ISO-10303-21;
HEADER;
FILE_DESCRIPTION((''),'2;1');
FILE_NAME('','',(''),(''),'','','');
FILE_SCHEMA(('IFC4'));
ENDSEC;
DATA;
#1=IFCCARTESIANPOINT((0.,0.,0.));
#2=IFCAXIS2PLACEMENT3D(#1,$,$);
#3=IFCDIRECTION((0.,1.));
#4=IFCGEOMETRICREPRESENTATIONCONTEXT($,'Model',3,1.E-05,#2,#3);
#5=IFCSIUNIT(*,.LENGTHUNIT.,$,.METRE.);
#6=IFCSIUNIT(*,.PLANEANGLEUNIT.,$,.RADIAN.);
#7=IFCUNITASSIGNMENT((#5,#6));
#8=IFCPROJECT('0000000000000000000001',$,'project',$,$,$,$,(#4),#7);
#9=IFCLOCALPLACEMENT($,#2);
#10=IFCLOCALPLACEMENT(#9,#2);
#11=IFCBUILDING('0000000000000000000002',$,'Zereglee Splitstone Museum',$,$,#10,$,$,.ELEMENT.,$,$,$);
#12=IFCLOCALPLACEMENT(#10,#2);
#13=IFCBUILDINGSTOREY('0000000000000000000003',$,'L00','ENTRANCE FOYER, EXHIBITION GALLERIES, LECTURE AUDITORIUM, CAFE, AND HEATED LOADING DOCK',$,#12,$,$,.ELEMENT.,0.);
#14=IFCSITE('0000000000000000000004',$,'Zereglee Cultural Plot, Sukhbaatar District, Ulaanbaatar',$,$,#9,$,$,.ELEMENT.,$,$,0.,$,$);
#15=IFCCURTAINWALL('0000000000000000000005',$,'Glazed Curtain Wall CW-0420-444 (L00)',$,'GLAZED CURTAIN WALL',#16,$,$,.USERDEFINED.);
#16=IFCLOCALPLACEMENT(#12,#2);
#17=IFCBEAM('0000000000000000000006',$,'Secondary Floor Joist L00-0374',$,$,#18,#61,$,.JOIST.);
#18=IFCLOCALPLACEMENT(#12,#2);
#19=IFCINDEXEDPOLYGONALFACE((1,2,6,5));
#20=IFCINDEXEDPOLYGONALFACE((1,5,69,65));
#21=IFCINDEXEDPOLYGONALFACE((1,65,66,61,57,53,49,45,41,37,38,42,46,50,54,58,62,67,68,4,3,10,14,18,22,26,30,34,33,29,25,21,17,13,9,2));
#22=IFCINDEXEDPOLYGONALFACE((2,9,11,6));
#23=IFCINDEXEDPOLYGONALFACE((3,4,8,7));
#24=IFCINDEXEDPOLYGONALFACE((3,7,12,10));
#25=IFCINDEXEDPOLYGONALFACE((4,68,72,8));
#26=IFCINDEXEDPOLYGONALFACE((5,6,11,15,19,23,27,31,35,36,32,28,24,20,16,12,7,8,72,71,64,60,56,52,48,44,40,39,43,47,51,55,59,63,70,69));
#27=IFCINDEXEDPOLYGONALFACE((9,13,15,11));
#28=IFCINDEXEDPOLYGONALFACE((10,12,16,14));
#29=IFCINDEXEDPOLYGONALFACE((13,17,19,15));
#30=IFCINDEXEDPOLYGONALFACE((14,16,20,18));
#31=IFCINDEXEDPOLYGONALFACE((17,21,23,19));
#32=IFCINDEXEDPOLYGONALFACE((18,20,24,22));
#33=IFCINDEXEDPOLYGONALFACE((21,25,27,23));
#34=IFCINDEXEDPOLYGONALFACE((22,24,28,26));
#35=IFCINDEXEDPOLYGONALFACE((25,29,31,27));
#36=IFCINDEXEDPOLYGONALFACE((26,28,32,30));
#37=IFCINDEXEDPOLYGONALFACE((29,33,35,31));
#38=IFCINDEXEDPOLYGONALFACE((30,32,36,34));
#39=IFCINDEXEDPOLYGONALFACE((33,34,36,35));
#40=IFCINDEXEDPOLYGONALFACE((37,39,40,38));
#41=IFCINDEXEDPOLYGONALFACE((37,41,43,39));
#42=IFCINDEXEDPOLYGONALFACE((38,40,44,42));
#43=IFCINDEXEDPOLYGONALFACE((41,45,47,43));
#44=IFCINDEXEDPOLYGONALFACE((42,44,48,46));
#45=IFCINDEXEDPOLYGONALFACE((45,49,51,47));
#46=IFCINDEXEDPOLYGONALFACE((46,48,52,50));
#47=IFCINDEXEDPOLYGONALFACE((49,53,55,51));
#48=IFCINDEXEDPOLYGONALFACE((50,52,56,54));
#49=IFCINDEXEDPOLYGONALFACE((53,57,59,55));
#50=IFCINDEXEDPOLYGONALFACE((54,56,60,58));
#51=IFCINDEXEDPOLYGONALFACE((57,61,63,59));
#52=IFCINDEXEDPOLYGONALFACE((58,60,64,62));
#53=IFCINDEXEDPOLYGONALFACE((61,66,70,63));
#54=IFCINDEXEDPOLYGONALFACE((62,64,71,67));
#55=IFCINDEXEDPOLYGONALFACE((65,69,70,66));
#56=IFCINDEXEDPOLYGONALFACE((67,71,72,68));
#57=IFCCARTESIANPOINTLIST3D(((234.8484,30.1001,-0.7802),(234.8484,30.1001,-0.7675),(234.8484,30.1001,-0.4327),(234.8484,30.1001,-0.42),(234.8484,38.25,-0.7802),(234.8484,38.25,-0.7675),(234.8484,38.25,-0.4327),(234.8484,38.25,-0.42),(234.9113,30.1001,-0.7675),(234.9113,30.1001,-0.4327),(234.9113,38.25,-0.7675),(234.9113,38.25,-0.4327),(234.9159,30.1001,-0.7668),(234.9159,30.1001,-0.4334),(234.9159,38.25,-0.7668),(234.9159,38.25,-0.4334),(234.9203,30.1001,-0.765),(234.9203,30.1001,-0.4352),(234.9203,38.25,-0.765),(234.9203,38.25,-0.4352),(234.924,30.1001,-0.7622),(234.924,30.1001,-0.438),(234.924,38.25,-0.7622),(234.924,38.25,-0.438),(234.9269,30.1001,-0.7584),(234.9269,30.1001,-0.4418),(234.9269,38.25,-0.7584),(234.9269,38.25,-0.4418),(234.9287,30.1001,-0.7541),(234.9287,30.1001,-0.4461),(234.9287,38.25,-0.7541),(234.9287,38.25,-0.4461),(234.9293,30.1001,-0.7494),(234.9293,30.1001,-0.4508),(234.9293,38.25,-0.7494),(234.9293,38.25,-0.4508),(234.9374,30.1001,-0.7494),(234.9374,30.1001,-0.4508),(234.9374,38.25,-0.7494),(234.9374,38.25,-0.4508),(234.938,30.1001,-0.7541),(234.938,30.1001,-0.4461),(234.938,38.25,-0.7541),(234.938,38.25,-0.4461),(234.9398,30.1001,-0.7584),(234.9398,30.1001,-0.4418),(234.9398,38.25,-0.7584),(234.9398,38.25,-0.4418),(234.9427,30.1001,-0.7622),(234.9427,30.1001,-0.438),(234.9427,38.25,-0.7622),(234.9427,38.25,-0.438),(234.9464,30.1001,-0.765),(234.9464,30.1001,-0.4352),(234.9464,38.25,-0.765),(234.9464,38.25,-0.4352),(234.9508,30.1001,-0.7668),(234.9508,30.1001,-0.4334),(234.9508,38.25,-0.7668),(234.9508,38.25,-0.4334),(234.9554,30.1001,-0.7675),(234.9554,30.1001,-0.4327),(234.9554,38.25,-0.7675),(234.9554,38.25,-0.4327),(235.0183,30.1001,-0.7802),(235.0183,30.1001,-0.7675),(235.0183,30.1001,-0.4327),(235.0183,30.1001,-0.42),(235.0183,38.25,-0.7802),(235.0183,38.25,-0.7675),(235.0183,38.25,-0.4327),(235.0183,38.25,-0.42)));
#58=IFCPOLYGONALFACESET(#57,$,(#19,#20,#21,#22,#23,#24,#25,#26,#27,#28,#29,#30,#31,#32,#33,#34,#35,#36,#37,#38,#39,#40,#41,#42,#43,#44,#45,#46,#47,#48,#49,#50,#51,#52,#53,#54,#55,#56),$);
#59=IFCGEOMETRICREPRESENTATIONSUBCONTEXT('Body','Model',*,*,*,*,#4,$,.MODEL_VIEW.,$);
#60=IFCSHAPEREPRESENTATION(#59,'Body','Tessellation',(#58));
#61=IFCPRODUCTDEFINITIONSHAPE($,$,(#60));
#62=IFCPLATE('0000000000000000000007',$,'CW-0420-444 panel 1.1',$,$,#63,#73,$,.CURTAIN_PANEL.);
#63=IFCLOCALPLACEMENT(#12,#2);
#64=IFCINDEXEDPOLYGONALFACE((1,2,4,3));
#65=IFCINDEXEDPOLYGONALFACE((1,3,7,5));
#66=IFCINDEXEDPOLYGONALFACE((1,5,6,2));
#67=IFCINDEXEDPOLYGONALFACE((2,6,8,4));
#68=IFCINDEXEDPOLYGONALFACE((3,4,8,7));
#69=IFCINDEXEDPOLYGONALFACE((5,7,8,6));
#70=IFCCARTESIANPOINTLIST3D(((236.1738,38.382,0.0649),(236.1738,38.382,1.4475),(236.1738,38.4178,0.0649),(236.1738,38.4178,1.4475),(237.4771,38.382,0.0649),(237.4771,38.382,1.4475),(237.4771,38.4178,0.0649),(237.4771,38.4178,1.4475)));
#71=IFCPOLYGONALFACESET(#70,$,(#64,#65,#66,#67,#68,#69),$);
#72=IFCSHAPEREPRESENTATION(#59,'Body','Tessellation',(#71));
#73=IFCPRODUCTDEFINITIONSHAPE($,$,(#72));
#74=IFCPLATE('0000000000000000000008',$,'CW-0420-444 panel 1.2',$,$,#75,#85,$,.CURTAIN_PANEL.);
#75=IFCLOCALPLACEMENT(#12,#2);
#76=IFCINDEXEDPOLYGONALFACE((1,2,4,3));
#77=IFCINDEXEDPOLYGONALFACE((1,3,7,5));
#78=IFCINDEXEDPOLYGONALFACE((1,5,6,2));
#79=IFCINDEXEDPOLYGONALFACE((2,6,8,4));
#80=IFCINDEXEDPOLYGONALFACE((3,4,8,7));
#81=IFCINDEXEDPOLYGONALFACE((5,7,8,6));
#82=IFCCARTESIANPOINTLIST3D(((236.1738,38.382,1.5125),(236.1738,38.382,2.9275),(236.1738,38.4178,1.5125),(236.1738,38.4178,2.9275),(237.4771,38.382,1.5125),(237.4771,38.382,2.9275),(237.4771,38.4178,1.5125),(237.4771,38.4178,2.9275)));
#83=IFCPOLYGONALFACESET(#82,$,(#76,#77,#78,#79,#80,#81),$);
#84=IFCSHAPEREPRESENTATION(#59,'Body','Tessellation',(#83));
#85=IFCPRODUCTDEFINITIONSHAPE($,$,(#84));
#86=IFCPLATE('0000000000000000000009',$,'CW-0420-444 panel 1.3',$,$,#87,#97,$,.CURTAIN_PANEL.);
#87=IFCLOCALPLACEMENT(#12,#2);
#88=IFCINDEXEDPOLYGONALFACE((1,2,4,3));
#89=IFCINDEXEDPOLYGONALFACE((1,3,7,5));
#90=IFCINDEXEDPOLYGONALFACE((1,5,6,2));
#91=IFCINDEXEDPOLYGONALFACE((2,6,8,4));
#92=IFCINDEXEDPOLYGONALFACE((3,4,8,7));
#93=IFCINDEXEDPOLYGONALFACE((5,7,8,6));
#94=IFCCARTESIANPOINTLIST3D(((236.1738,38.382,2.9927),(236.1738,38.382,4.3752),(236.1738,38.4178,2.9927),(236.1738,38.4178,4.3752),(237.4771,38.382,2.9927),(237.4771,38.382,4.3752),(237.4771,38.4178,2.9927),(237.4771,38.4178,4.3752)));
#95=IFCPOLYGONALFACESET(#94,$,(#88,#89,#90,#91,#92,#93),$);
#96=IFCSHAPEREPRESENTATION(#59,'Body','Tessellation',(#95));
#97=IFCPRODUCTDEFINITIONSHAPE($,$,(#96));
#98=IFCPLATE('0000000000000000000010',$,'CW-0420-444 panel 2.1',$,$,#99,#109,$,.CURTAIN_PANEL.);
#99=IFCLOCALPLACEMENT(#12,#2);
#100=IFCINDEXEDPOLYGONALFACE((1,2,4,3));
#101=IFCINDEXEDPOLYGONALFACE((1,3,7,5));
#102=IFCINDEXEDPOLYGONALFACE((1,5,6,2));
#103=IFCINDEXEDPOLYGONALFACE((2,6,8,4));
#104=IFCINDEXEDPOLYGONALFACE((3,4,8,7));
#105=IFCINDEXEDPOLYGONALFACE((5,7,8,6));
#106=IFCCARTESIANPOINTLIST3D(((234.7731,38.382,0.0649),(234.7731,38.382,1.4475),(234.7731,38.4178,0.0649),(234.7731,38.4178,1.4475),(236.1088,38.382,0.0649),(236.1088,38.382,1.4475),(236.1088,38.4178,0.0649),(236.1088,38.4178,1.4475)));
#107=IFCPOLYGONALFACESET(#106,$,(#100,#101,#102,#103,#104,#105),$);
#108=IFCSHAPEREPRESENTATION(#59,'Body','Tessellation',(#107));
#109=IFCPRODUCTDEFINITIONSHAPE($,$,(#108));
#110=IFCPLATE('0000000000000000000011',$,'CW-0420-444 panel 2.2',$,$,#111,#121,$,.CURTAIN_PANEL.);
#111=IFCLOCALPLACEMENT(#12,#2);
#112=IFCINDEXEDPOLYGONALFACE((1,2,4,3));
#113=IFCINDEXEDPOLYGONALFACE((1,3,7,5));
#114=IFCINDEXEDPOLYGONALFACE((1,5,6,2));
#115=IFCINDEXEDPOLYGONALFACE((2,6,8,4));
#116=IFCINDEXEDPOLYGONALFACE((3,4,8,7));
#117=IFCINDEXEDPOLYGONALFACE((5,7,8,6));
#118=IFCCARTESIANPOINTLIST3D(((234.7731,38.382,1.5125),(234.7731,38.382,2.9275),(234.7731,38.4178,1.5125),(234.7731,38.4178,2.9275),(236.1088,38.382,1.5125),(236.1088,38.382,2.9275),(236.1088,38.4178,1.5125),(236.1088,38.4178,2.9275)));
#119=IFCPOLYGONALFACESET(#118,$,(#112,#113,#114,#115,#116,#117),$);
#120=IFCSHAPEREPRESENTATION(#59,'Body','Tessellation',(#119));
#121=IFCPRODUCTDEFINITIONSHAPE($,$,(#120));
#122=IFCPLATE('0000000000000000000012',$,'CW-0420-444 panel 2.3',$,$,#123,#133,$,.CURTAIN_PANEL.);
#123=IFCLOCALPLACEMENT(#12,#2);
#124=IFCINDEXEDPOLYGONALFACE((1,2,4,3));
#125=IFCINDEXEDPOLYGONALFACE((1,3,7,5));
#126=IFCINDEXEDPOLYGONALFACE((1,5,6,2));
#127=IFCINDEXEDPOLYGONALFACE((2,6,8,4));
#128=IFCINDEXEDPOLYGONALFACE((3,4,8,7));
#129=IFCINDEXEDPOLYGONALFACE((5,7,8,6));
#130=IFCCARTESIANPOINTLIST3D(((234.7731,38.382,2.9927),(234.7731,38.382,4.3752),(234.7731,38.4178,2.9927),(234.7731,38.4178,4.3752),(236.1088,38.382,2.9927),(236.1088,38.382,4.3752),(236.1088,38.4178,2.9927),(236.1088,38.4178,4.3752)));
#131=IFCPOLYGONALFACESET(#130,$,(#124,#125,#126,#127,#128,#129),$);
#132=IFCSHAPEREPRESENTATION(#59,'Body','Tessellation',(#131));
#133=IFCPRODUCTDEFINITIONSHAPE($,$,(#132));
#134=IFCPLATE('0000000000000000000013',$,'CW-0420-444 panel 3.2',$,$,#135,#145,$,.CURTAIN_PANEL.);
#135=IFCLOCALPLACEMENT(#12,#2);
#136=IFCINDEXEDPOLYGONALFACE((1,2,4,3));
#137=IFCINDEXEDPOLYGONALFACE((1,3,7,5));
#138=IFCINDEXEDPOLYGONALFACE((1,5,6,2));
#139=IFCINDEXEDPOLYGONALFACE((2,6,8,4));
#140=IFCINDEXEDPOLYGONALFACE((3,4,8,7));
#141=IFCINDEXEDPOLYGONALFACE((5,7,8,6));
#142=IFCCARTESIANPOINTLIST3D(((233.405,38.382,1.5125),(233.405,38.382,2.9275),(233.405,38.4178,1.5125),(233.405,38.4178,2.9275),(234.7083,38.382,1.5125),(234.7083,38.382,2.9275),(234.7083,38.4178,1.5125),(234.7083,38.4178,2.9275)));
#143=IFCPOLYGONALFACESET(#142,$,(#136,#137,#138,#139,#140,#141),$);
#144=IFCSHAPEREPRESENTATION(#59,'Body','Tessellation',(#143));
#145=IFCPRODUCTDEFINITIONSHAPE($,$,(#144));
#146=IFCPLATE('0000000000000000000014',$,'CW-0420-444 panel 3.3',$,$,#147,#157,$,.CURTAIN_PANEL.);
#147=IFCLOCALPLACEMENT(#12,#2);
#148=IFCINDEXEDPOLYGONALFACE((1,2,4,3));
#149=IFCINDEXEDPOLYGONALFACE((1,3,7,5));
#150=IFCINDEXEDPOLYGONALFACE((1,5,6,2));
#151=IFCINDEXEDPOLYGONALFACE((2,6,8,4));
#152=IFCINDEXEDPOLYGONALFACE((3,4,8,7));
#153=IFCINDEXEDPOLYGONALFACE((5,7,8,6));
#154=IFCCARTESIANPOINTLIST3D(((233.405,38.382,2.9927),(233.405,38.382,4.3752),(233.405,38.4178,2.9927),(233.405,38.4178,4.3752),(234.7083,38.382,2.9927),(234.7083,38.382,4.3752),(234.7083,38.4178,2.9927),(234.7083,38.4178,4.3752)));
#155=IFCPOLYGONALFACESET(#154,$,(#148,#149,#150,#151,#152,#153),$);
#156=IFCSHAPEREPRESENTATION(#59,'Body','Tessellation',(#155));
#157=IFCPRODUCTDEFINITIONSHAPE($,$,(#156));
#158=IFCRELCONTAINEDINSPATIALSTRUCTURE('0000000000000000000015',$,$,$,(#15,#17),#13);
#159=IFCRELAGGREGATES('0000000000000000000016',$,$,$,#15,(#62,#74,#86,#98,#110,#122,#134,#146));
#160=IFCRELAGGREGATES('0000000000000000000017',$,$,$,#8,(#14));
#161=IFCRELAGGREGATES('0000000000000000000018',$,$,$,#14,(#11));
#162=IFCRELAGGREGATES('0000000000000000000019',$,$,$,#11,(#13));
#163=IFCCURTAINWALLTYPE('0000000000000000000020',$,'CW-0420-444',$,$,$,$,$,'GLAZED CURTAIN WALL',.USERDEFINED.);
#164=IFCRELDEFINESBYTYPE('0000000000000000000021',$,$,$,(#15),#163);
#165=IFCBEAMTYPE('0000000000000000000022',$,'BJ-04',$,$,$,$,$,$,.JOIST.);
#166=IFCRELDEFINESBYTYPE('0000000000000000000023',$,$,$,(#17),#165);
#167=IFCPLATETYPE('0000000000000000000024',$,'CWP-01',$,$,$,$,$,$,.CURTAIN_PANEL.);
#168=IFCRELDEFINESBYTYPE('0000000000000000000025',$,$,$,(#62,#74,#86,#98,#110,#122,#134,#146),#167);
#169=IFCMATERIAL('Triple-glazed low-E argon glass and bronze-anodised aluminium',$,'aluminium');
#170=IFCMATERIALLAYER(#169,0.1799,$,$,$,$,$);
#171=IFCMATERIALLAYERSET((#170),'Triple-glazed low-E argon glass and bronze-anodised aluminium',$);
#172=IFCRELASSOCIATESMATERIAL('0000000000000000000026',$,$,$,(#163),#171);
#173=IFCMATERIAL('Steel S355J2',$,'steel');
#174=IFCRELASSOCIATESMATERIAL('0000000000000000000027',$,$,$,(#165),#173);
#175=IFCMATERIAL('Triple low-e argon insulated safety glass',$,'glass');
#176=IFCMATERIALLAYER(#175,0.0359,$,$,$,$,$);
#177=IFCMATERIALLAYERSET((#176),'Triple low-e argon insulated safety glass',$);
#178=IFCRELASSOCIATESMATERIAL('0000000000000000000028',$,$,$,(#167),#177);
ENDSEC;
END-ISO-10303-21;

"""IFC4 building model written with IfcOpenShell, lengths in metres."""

from ifc_helpers import new_model, si_unit, direction, frame, origin, origin_2d, place, context, subcontext, project, spatial, rectangle, i_section, extrude, material, layer, layer_set, material_profile, profile_set, type_object, element, aggregate, save


model = new_model("IFC4")

# Units and contexts
model_context = context("Model", 3, precision=1e-05, world=origin(), true_north=direction((0.0, 1.0)))
body_context = subcontext(model_context, "Body", "Model", "MODEL_VIEW")
ifc_project = project(units=[si_unit("LENGTHUNIT", "METRE"), si_unit("PLANEANGLEUNIT", "RADIAN")], contexts=[model_context])

# Site, building, storey
site_placement = place(None, origin())
site = spatial("IfcSite", under=ifc_project, at=site_placement, Name="Zereglee Cultural Plot, Sukhbaatar District, Ulaanbaatar", CompositionType="ELEMENT", RefElevation=0.0)
building_placement = place(site_placement, origin())
building = spatial("IfcBuilding", under=site, at=building_placement, Name="Zereglee Splitstone Museum", CompositionType="ELEMENT")
storey_placement = place(building_placement, origin())
storey = spatial("IfcBuildingStorey", under=building, at=storey_placement, Name="L00", Description="ENTRANCE FOYER, EXHIBITION GALLERIES, LECTURE AUDITORIUM, CAFE, AND HEATED LOADING DOCK", CompositionType="ELEMENT", Elevation=0.0)

# Curtain wall
ifc_material_1 = material(Name="Triple-glazed low-E argon glass and bronze-anodised aluminium", Category="aluminium")
ifc_layer_1 = layer(ifc_material_1, 0.1799)
ifc_layer_set_1 = layer_set([ifc_layer_1], Name="Triple-glazed low-E argon glass and bronze-anodised aluminium")
curtain_wall_type = type_object("IfcCurtainWallType", Name="CW-0420-444", ElementType="GLAZED CURTAIN WALL", PredefinedType="USERDEFINED", material=ifc_layer_set_1)
curtain_wall_placement = place(storey_placement, origin())
curtain_wall = element("IfcCurtainWall", 1, at=curtain_wall_placement, inside=storey, type_object=curtain_wall_type, Name="Glazed Curtain Wall CW-0420-444 (L00)", ObjectType="GLAZED CURTAIN WALL", PredefinedType="USERDEFINED")

# Beam
ifc_material_2 = material(Name="Steel S355J2", Category="steel")
ifc_material_profile_1 = material_profile(ifc_material_2, i_section(OverallWidth=0.1699, OverallDepth=0.3601, WebThickness=0.0081, FlangeThickness=0.0127, FilletRadius=0.0181, at=origin_2d()), Name="IPE 360")
ifc_profile_set_1 = profile_set([ifc_material_profile_1], Name="Steel S355J2")
beam_type_1 = type_object("IfcBeamType", Name="BJ-04", PredefinedType="JOIST", material=ifc_profile_set_1)
beam_1_placement = place(storey_placement, frame((234.9333, 30.1001, -0.6001), z_axis=(0.0, 1.0, 0.0), x_axis=(-1.0, 0.0, 0.0)))
element("IfcBeam", 2, at=beam_1_placement, inside=storey, type_object=beam_type_1, Name="Secondary Floor Joist L00-0374", PredefinedType="JOIST", context=body_context, shape_type="SweptSolid", body=[
    extrude(i_section(OverallWidth=0.1699, OverallDepth=0.3601, WebThickness=0.0081, FlangeThickness=0.0127, FilletRadius=0.0181, at=origin_2d()), origin(), (0.0, 0.0, 1.0), 8.1499),
])

# Plates
ifc_material_3 = material(Name="Triple low-e argon insulated safety glass", Category="glass")
ifc_layer_2 = layer(ifc_material_3, 0.0359)
ifc_layer_set_2 = layer_set([ifc_layer_2], Name="Triple low-e argon insulated safety glass")
plate_type = type_object("IfcPlateType", Name="CWP-01", PredefinedType="CURTAIN_PANEL", material=ifc_layer_set_2)
plate_1_placement = place(storey_placement, frame((236.8254, 38.3999, 0.0649), z_axis=(0.0, 0.0, 1.0), x_axis=(-1.0, 0.0, 0.0)))
plate_1 = element("IfcPlate", 3, at=plate_1_placement, type_object=plate_type, Name="CW-0420-444 panel 1.1", PredefinedType="CURTAIN_PANEL", context=body_context, shape_type="SweptSolid", body=[
    extrude(rectangle(XDim=1.3032, YDim=0.0359, at=origin_2d()), origin(), (0.0, 0.0, 1.0), 1.3826),
])
plate_2_placement = place(storey_placement, frame((236.8254, 38.3999, 1.5125), z_axis=(0.0, 0.0, 1.0), x_axis=(-1.0, 0.0, 0.0)))
plate_2 = element("IfcPlate", 4, at=plate_2_placement, type_object=plate_type, Name="CW-0420-444 panel 1.2", PredefinedType="CURTAIN_PANEL", context=body_context, shape_type="SweptSolid", body=[
    extrude(rectangle(XDim=1.3032, YDim=0.0359, at=origin_2d()), origin(), (0.0, 0.0, 1.0), 1.415),
])
plate_3_placement = place(storey_placement, frame((236.8254, 38.3999, 2.9927), z_axis=(0.0, 0.0, 1.0), x_axis=(-1.0, 0.0, 0.0)))
plate_3 = element("IfcPlate", 5, at=plate_3_placement, type_object=plate_type, Name="CW-0420-444 panel 1.3", PredefinedType="CURTAIN_PANEL", context=body_context, shape_type="SweptSolid", body=[
    extrude(rectangle(XDim=1.3032, YDim=0.0359, at=origin_2d()), origin(), (0.0, 0.0, 1.0), 1.3826),
])
plate_4_placement = place(storey_placement, frame((235.4409, 38.3999, 0.0649), z_axis=(0.0, 0.0, 1.0), x_axis=(-1.0, 0.0, 0.0)))
plate_4 = element("IfcPlate", 6, at=plate_4_placement, type_object=plate_type, Name="CW-0420-444 panel 2.1", PredefinedType="CURTAIN_PANEL", context=body_context, shape_type="SweptSolid", body=[
    extrude(rectangle(XDim=1.3357, YDim=0.0359, at=origin_2d()), origin(), (0.0, 0.0, 1.0), 1.3826),
])
plate_5_placement = place(storey_placement, frame((235.4409, 38.3999, 1.5125), z_axis=(0.0, 0.0, 1.0), x_axis=(-1.0, 0.0, 0.0)))
plate_5 = element("IfcPlate", 7, at=plate_5_placement, type_object=plate_type, Name="CW-0420-444 panel 2.2", PredefinedType="CURTAIN_PANEL", context=body_context, shape_type="SweptSolid", body=[
    extrude(rectangle(XDim=1.3357, YDim=0.0359, at=origin_2d()), origin(), (0.0, 0.0, 1.0), 1.415),
])
plate_6_placement = place(storey_placement, frame((235.4409, 38.3999, 2.9927), z_axis=(0.0, 0.0, 1.0), x_axis=(-1.0, 0.0, 0.0)))
plate_6 = element("IfcPlate", 8, at=plate_6_placement, type_object=plate_type, Name="CW-0420-444 panel 2.3", PredefinedType="CURTAIN_PANEL", context=body_context, shape_type="SweptSolid", body=[
    extrude(rectangle(XDim=1.3357, YDim=0.0359, at=origin_2d()), origin(), (0.0, 0.0, 1.0), 1.3826),
])
plate_7_placement = place(storey_placement, frame((234.0566, 38.3999, 1.5125), z_axis=(0.0, 0.0, 1.0), x_axis=(-1.0, 0.0, 0.0)))
plate_7 = element("IfcPlate", 9, at=plate_7_placement, type_object=plate_type, Name="CW-0420-444 panel 3.2", PredefinedType="CURTAIN_PANEL", context=body_context, shape_type="SweptSolid", body=[
    extrude(rectangle(XDim=1.3032, YDim=0.0359, at=origin_2d()), origin(), (0.0, 0.0, 1.0), 1.415),
])
plate_8_placement = place(storey_placement, frame((234.0566, 38.3999, 2.9927), z_axis=(0.0, 0.0, 1.0), x_axis=(-1.0, 0.0, 0.0)))
plate_8 = element("IfcPlate", 10, at=plate_8_placement, type_object=plate_type, Name="CW-0420-444 panel 3.3", PredefinedType="CURTAIN_PANEL", context=body_context, shape_type="SweptSolid", body=[
    extrude(rectangle(XDim=1.3032, YDim=0.0359, at=origin_2d()), origin(), (0.0, 0.0, 1.0), 1.3826),
])
aggregate(curtain_wall, [plate_1, plate_2, plate_3, plate_4, plate_5, plate_6, plate_7, plate_8])

save(model, "model.ifc")
